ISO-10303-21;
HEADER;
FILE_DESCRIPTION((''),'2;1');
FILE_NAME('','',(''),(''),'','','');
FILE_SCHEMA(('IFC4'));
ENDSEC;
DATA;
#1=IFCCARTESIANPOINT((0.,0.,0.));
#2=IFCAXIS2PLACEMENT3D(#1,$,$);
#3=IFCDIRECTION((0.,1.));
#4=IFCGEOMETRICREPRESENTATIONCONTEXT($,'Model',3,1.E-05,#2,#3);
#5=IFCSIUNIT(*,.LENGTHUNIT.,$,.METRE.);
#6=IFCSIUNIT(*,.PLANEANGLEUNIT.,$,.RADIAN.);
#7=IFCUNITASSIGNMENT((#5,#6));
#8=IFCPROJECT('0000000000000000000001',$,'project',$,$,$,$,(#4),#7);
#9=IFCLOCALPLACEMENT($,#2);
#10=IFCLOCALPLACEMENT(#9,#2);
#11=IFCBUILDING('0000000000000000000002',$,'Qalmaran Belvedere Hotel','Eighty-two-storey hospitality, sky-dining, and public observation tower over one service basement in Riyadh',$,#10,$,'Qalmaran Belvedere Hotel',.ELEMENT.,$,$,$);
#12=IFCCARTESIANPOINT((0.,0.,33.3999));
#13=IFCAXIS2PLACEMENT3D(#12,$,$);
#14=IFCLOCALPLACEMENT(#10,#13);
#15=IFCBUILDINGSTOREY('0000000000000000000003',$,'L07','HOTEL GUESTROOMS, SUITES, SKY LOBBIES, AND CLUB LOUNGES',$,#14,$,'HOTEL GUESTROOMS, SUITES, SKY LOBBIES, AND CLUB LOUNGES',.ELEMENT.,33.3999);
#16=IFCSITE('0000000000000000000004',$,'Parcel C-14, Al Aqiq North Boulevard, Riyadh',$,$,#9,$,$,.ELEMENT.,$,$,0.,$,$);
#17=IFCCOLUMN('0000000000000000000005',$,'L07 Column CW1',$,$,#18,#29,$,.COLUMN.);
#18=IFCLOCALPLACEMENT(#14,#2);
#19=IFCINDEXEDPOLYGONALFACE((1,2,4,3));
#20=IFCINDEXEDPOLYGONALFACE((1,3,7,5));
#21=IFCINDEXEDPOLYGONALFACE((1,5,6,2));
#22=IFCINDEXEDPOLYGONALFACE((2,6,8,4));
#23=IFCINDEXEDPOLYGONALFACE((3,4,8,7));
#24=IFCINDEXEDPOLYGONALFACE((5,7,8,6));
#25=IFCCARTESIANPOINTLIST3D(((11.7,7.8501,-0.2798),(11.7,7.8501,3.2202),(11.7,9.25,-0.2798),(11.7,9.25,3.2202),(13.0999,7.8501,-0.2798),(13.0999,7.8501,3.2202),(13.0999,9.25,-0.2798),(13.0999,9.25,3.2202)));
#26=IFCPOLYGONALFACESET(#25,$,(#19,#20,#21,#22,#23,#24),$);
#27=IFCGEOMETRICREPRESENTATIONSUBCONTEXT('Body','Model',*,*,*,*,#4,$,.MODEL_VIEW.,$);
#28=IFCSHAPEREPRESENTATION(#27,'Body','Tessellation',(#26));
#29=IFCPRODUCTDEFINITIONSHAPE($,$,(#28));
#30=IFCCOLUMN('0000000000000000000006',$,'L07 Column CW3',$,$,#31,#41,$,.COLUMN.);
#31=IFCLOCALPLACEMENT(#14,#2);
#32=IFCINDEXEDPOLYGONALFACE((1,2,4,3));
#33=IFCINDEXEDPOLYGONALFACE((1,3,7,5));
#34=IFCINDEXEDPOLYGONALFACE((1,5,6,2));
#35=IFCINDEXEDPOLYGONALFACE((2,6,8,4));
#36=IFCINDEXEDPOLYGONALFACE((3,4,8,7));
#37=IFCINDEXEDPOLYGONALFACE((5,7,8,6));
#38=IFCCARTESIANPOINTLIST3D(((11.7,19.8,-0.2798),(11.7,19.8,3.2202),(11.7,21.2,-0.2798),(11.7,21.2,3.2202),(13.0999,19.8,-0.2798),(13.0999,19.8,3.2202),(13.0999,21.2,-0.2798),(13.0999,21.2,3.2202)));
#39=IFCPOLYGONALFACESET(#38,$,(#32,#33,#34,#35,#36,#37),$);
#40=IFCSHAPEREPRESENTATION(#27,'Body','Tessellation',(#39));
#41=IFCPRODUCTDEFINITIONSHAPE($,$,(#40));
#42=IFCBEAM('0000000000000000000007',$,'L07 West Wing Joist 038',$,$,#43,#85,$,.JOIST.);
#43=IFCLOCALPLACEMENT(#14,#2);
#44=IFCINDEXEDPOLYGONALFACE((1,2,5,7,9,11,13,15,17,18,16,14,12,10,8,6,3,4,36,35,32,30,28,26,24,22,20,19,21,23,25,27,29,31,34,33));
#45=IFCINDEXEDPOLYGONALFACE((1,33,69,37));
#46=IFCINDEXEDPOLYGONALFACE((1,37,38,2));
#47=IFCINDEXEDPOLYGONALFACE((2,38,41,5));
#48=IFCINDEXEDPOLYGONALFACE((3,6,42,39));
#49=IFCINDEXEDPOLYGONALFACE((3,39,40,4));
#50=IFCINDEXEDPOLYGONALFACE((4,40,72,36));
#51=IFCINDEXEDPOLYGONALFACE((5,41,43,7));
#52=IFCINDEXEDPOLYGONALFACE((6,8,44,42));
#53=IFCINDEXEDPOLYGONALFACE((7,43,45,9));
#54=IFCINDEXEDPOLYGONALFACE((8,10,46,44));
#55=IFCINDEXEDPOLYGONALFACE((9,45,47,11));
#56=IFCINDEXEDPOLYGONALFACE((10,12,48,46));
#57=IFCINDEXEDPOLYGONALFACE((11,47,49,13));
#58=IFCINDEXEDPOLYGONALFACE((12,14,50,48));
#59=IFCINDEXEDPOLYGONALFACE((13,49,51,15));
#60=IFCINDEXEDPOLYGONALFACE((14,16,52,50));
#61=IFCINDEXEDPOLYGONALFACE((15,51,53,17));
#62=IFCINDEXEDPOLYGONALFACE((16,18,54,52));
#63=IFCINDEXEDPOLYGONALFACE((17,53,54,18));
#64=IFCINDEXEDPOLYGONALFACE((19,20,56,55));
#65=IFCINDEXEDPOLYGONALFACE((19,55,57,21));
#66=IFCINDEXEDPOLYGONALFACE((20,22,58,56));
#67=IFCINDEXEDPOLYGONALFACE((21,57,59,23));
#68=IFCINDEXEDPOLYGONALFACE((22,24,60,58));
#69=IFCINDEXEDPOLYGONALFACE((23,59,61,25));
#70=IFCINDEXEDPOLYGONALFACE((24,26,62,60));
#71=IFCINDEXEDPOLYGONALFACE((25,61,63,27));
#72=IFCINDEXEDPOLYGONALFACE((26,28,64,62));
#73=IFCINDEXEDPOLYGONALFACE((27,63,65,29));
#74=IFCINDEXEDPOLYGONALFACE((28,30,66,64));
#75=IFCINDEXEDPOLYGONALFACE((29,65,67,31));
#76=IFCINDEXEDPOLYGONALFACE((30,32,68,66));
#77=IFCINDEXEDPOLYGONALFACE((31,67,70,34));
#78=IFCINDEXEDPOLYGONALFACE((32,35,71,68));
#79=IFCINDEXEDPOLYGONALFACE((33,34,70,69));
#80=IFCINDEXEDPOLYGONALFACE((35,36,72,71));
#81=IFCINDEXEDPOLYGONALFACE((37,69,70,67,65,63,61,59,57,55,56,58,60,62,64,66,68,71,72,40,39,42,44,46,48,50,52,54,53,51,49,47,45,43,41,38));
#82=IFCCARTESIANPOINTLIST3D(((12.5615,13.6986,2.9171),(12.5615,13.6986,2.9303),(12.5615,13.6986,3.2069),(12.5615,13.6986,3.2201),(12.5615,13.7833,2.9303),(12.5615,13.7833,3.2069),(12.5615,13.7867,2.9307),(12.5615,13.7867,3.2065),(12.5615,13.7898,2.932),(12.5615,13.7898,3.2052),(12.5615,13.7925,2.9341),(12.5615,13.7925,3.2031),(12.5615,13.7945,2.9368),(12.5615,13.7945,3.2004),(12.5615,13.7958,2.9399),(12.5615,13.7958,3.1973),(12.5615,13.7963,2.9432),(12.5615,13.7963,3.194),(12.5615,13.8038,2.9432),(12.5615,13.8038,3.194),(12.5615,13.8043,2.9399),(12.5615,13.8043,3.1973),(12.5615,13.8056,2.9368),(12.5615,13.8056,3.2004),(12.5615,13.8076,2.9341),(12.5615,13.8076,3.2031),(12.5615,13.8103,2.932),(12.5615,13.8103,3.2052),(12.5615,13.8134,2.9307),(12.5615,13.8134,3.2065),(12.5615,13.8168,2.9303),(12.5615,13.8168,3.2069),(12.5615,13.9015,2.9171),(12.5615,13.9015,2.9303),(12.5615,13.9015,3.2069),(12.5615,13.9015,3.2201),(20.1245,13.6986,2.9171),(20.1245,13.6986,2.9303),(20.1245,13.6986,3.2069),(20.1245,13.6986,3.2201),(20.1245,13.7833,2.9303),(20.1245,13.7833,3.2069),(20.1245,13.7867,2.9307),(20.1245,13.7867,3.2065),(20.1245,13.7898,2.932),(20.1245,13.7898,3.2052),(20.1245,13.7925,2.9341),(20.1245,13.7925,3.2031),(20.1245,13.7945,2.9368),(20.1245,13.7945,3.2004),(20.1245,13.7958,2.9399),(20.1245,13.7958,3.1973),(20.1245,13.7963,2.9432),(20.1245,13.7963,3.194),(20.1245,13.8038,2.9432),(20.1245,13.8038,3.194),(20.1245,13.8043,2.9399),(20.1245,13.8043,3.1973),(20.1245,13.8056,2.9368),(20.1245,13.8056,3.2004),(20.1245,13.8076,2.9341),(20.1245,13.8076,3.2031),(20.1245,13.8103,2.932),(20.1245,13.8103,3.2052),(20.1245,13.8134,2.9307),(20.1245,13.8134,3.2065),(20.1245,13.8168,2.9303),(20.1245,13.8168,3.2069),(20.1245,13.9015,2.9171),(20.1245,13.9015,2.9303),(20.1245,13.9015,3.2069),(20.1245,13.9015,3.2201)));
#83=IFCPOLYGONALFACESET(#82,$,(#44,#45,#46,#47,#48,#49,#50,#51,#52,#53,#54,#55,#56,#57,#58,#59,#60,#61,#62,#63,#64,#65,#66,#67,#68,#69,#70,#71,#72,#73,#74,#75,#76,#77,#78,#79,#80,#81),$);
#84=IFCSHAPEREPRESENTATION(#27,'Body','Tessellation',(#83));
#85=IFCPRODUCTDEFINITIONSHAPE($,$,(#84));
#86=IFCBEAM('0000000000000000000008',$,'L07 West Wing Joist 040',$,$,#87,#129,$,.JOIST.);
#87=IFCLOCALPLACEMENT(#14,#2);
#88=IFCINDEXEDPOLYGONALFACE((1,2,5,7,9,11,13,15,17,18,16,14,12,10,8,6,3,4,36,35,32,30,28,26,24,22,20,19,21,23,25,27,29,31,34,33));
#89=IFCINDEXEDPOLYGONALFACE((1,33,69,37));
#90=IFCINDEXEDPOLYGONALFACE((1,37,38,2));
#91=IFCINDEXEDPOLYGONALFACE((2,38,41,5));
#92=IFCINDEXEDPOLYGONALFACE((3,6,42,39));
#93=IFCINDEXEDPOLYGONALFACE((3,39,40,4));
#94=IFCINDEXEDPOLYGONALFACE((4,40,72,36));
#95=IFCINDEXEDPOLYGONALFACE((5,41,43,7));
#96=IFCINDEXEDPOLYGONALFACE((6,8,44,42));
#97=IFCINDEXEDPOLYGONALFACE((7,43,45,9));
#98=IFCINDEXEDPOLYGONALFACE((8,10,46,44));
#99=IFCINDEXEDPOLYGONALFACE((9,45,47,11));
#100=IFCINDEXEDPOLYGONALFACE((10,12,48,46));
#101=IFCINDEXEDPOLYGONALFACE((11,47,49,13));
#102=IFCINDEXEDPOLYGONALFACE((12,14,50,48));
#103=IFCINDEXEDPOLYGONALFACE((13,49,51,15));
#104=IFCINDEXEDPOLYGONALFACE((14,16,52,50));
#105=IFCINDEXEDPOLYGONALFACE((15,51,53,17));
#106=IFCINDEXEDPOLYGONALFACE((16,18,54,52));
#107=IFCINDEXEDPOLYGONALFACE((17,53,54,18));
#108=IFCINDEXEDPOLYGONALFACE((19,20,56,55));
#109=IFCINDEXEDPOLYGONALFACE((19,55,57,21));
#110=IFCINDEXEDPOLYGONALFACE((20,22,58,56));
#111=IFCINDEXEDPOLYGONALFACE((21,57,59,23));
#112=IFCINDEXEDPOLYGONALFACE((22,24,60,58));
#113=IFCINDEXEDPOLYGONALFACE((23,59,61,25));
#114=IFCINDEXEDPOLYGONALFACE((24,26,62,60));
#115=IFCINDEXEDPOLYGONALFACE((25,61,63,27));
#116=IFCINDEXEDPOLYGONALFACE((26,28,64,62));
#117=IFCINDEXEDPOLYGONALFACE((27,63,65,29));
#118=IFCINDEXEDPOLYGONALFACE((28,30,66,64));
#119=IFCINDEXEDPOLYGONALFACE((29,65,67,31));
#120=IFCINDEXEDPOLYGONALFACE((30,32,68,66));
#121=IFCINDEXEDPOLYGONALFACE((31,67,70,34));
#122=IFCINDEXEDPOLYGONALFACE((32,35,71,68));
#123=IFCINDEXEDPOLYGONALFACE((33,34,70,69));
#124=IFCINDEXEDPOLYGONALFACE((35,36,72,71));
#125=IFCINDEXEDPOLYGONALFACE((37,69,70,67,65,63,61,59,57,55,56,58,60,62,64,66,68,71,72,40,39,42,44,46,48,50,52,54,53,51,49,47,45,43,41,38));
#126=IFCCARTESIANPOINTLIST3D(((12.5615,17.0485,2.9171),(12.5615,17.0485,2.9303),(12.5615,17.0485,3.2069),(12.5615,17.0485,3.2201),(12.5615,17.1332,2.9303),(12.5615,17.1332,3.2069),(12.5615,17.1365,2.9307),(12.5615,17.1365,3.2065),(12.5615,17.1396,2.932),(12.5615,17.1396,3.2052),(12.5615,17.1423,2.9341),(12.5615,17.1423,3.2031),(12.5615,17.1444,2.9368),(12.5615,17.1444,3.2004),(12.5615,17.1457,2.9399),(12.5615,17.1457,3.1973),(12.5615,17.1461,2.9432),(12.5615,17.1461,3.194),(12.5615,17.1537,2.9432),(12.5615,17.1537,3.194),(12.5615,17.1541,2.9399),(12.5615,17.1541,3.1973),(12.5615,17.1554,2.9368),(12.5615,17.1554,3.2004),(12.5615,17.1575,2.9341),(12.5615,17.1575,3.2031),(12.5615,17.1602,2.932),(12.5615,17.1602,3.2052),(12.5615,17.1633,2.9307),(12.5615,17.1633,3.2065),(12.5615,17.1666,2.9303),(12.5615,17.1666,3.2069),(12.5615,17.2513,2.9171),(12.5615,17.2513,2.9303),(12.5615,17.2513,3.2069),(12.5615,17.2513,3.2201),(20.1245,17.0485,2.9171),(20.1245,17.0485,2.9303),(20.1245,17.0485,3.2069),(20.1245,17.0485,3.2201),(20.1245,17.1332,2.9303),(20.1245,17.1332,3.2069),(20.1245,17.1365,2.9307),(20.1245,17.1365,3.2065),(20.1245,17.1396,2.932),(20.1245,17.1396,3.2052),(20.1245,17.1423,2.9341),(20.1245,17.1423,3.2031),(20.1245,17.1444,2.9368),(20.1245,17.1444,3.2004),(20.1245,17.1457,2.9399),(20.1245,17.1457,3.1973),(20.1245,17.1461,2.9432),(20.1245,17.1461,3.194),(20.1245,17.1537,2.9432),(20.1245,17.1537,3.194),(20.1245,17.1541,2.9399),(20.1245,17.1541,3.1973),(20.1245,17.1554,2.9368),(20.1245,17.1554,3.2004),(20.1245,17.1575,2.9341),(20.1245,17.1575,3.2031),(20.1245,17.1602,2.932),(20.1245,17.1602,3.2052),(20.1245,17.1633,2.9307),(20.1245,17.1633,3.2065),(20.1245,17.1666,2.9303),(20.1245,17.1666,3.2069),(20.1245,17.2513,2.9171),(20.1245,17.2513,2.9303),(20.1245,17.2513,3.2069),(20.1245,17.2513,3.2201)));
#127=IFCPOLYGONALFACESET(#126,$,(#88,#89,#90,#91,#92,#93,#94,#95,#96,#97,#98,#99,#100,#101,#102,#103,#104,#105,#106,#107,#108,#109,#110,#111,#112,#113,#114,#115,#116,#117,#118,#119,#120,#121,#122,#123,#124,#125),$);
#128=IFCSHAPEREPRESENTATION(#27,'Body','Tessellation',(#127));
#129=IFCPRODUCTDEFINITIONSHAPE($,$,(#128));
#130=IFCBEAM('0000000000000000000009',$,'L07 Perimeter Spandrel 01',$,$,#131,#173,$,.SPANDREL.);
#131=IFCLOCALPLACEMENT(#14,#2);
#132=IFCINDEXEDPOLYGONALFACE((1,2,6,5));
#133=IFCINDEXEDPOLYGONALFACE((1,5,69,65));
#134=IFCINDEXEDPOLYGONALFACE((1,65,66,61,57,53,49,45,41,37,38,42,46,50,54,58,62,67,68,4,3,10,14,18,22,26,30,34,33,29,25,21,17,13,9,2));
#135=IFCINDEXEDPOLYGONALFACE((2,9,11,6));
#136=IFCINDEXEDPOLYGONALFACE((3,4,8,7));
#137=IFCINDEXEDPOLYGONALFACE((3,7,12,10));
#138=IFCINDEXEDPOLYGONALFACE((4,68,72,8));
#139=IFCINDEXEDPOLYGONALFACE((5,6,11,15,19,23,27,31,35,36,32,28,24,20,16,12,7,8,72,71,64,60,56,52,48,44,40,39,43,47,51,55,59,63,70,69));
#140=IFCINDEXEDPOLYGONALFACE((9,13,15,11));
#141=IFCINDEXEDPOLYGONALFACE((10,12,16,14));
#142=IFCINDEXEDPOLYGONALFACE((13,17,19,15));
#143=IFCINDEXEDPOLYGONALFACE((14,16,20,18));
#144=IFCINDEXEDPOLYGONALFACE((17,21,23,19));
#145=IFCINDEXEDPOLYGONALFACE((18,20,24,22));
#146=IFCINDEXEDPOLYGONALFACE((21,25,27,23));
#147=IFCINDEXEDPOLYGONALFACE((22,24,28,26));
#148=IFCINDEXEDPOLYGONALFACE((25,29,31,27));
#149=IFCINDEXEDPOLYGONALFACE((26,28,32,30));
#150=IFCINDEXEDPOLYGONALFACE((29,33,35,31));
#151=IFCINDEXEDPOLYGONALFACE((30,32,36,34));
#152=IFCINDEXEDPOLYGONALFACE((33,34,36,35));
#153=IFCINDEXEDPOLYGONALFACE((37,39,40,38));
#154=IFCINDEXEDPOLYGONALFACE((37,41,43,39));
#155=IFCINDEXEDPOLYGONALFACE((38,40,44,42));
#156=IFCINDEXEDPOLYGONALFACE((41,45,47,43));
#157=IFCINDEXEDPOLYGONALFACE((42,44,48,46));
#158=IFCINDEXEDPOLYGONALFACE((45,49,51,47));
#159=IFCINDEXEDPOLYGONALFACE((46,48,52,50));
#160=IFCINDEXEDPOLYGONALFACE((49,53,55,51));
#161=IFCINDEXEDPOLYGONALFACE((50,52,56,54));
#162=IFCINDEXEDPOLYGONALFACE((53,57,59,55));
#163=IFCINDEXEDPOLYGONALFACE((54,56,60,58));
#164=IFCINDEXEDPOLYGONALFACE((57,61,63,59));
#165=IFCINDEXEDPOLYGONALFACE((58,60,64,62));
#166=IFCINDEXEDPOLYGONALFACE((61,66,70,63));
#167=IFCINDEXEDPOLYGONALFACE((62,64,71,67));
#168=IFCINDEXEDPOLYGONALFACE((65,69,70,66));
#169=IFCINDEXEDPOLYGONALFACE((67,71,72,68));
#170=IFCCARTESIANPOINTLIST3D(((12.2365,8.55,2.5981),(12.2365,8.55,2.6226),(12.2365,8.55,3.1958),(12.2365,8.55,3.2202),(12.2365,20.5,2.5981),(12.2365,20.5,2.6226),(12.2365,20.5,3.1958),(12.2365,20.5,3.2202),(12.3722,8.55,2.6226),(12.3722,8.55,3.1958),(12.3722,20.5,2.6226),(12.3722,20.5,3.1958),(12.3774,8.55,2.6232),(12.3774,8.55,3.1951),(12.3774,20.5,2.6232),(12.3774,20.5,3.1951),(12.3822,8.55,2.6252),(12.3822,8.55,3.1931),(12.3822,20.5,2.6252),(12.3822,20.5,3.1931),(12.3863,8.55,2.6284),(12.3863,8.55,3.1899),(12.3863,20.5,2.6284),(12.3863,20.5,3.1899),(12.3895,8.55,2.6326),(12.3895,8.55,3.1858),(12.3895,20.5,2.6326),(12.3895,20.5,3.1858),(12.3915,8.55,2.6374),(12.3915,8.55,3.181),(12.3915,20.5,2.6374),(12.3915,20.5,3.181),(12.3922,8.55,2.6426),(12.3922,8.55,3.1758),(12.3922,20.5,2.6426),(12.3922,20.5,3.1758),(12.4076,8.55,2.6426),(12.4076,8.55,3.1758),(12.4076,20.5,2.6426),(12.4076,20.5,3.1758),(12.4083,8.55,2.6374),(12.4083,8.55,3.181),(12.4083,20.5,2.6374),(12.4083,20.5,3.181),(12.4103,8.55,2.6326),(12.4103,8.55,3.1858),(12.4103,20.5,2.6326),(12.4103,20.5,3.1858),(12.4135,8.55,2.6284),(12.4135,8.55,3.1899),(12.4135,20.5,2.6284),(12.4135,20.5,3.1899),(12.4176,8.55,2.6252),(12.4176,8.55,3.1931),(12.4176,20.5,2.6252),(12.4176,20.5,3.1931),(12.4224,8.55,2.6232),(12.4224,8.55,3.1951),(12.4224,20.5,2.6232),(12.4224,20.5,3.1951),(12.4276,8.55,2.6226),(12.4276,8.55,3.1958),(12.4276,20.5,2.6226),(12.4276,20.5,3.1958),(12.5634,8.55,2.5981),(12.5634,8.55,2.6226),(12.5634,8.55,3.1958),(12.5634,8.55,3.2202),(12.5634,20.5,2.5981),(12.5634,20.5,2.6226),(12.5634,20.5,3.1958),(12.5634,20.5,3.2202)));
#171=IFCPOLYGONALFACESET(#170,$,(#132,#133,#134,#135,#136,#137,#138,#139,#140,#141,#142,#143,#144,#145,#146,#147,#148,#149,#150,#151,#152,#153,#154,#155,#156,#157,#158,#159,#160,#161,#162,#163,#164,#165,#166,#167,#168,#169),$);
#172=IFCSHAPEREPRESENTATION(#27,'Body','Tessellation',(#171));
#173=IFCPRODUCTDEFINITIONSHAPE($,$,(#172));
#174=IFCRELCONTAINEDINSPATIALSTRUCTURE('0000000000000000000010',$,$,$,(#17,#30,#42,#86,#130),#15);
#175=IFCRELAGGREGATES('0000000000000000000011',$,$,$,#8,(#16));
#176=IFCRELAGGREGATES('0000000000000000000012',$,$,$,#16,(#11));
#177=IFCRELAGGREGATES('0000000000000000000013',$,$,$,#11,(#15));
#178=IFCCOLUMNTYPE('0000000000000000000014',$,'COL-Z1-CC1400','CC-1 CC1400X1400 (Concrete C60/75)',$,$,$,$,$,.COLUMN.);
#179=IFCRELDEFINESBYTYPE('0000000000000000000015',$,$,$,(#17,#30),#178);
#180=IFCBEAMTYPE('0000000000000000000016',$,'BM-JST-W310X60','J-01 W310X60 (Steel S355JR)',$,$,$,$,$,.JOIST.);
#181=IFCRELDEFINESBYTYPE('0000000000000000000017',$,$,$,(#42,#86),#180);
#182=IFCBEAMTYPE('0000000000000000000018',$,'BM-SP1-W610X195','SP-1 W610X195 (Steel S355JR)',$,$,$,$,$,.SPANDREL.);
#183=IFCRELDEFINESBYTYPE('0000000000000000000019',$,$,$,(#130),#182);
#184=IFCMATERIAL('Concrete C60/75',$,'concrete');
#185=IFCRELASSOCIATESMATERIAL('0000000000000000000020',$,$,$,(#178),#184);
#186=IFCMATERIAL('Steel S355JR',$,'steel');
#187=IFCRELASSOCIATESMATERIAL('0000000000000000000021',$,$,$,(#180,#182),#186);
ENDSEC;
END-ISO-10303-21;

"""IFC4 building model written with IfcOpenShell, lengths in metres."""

from ifc_helpers import new_model, si_unit, direction, frame, origin, origin_2d, place, context, subcontext, project, spatial, rectangle, i_section, extrude, material, material_profile, profile_set, type_object, element, save


model = new_model("IFC4")

# Units and contexts
model_context = context("Model", 3, precision=1e-05, world=origin(), true_north=direction((0.0, 1.0)))
body_context = subcontext(model_context, "Body", "Model", "MODEL_VIEW")
ifc_project = project(units=[si_unit("LENGTHUNIT", "METRE"), si_unit("PLANEANGLEUNIT", "RADIAN")], contexts=[model_context])

# Site, building, storey
site_placement = place(None, origin())
site = spatial("IfcSite", under=ifc_project, at=site_placement, Name="Parcel C-14, Al Aqiq North Boulevard, Riyadh", CompositionType="ELEMENT", RefElevation=0.0)
building_placement = place(site_placement, origin())
building = spatial("IfcBuilding", under=site, at=building_placement, Name="Qalmaran Belvedere Hotel", Description="Eighty-two-storey hospitality, sky-dining, and public observation tower over one service basement in Riyadh", LongName="Qalmaran Belvedere Hotel", CompositionType="ELEMENT")
storey_placement = place(building_placement, frame((0.0, 0.0, 33.3999)))
storey = spatial("IfcBuildingStorey", under=building, at=storey_placement, Name="L07", Description="HOTEL GUESTROOMS, SUITES, SKY LOBBIES, AND CLUB LOUNGES", LongName="HOTEL GUESTROOMS, SUITES, SKY LOBBIES, AND CLUB LOUNGES", CompositionType="ELEMENT", Elevation=33.3999)

# Columns
ifc_material_1 = material(Name="Concrete C60/75", Category="concrete")
ifc_material_profile_1 = material_profile(ifc_material_1, rectangle(XDim=1.3999, YDim=1.3999, at=origin_2d()), Name="CC1400X1400")
ifc_profile_set_1 = profile_set([ifc_material_profile_1], Name="Concrete C60/75")
column_type = type_object("IfcColumnType", Name="COL-Z1-CC1400", Description="CC-1 CC1400X1400 (Concrete C60/75)", PredefinedType="COLUMN", material=ifc_profile_set_1)
for number, where, z_axis, x_axis, name in (
    (1, (12.3999, 8.55, -0.2798), (0.0, 0.0, 1.0), (1.0, 0.0, 0.0), "L07 Column CW1"),
    (2, (12.3999, 20.5, -0.2798), (0.0, 0.0, 1.0), (1.0, 0.0, 0.0), "L07 Column CW3"),
):
    element("IfcColumn", number, at=place(storey_placement, frame(where, z_axis=z_axis, x_axis=x_axis)), inside=storey, type_object=column_type, Name=name, PredefinedType="COLUMN", context=body_context, shape_type="SweptSolid", body=[
        extrude(rectangle(XDim=1.3999, YDim=1.3999, at=origin_2d()), origin(), (0.0, 0.0, 1.0), 3.5),
    ])

# Beams
ifc_material_2 = material(Name="Steel S355JR", Category="steel")
ifc_material_profile_2 = material_profile(ifc_material_2, i_section(OverallWidth=0.2029, OverallDepth=0.303, WebThickness=0.0076, FlangeThickness=0.0132, FilletRadius=0.0129, at=origin_2d()), Name="W310X60")
ifc_profile_set_2 = profile_set([ifc_material_profile_2], Name="Steel S355JR")
beam_type_1 = type_object("IfcBeamType", Name="BM-JST-W310X60", Description="J-01 W310X60 (Steel S355JR)", PredefinedType="JOIST", material=ifc_profile_set_2)
for number, where, z_axis, x_axis, name in (
    (3, (12.5615, 13.8, 3.0686), (1.0, 0.0, 0.0), (0.0, 1.0, 0.0), "L07 West Wing Joist 038"),
    (4, (12.5615, 17.1499, 3.0686), (1.0, 0.0, 0.0), (0.0, 1.0, 0.0), "L07 West Wing Joist 040"),
):
    element("IfcBeam", number, at=place(storey_placement, frame(where, z_axis=z_axis, x_axis=x_axis)), inside=storey, type_object=beam_type_1, Name=name, PredefinedType="JOIST", context=body_context, shape_type="SweptSolid", body=[
        extrude(i_section(OverallWidth=0.2029, OverallDepth=0.303, WebThickness=0.0076, FlangeThickness=0.0132, FilletRadius=0.0129, at=origin_2d()), origin(), (0.0, 0.0, 1.0), 7.563),
    ])
ifc_material_profile_3 = material_profile(ifc_material_2, i_section(OverallWidth=0.3269, OverallDepth=0.6221, WebThickness=0.0154, FlangeThickness=0.0244, FilletRadius=0.02, at=origin_2d()), Name="W610X195")
ifc_profile_set_3 = profile_set([ifc_material_profile_3], Name="Steel S355JR")
beam_type_2 = type_object("IfcBeamType", Name="BM-SP1-W610X195", Description="SP-1 W610X195 (Steel S355JR)", PredefinedType="SPANDREL", material=ifc_profile_set_3)
beam_1_placement = place(storey_placement, frame((12.3999, 8.55, 2.9092), z_axis=(0.0, 1.0, 0.0), x_axis=(-1.0, 0.0, 0.0)))
element("IfcBeam", 5, at=beam_1_placement, inside=storey, type_object=beam_type_2, Name="L07 Perimeter Spandrel 01", PredefinedType="SPANDREL", context=body_context, shape_type="SweptSolid", body=[
    extrude(i_section(OverallWidth=0.3269, OverallDepth=0.6221, WebThickness=0.0154, FlangeThickness=0.0244, FilletRadius=0.02, at=origin_2d()), origin(), (0.0, 0.0, 1.0), 11.95),
])

save(model, "model.ifc")
